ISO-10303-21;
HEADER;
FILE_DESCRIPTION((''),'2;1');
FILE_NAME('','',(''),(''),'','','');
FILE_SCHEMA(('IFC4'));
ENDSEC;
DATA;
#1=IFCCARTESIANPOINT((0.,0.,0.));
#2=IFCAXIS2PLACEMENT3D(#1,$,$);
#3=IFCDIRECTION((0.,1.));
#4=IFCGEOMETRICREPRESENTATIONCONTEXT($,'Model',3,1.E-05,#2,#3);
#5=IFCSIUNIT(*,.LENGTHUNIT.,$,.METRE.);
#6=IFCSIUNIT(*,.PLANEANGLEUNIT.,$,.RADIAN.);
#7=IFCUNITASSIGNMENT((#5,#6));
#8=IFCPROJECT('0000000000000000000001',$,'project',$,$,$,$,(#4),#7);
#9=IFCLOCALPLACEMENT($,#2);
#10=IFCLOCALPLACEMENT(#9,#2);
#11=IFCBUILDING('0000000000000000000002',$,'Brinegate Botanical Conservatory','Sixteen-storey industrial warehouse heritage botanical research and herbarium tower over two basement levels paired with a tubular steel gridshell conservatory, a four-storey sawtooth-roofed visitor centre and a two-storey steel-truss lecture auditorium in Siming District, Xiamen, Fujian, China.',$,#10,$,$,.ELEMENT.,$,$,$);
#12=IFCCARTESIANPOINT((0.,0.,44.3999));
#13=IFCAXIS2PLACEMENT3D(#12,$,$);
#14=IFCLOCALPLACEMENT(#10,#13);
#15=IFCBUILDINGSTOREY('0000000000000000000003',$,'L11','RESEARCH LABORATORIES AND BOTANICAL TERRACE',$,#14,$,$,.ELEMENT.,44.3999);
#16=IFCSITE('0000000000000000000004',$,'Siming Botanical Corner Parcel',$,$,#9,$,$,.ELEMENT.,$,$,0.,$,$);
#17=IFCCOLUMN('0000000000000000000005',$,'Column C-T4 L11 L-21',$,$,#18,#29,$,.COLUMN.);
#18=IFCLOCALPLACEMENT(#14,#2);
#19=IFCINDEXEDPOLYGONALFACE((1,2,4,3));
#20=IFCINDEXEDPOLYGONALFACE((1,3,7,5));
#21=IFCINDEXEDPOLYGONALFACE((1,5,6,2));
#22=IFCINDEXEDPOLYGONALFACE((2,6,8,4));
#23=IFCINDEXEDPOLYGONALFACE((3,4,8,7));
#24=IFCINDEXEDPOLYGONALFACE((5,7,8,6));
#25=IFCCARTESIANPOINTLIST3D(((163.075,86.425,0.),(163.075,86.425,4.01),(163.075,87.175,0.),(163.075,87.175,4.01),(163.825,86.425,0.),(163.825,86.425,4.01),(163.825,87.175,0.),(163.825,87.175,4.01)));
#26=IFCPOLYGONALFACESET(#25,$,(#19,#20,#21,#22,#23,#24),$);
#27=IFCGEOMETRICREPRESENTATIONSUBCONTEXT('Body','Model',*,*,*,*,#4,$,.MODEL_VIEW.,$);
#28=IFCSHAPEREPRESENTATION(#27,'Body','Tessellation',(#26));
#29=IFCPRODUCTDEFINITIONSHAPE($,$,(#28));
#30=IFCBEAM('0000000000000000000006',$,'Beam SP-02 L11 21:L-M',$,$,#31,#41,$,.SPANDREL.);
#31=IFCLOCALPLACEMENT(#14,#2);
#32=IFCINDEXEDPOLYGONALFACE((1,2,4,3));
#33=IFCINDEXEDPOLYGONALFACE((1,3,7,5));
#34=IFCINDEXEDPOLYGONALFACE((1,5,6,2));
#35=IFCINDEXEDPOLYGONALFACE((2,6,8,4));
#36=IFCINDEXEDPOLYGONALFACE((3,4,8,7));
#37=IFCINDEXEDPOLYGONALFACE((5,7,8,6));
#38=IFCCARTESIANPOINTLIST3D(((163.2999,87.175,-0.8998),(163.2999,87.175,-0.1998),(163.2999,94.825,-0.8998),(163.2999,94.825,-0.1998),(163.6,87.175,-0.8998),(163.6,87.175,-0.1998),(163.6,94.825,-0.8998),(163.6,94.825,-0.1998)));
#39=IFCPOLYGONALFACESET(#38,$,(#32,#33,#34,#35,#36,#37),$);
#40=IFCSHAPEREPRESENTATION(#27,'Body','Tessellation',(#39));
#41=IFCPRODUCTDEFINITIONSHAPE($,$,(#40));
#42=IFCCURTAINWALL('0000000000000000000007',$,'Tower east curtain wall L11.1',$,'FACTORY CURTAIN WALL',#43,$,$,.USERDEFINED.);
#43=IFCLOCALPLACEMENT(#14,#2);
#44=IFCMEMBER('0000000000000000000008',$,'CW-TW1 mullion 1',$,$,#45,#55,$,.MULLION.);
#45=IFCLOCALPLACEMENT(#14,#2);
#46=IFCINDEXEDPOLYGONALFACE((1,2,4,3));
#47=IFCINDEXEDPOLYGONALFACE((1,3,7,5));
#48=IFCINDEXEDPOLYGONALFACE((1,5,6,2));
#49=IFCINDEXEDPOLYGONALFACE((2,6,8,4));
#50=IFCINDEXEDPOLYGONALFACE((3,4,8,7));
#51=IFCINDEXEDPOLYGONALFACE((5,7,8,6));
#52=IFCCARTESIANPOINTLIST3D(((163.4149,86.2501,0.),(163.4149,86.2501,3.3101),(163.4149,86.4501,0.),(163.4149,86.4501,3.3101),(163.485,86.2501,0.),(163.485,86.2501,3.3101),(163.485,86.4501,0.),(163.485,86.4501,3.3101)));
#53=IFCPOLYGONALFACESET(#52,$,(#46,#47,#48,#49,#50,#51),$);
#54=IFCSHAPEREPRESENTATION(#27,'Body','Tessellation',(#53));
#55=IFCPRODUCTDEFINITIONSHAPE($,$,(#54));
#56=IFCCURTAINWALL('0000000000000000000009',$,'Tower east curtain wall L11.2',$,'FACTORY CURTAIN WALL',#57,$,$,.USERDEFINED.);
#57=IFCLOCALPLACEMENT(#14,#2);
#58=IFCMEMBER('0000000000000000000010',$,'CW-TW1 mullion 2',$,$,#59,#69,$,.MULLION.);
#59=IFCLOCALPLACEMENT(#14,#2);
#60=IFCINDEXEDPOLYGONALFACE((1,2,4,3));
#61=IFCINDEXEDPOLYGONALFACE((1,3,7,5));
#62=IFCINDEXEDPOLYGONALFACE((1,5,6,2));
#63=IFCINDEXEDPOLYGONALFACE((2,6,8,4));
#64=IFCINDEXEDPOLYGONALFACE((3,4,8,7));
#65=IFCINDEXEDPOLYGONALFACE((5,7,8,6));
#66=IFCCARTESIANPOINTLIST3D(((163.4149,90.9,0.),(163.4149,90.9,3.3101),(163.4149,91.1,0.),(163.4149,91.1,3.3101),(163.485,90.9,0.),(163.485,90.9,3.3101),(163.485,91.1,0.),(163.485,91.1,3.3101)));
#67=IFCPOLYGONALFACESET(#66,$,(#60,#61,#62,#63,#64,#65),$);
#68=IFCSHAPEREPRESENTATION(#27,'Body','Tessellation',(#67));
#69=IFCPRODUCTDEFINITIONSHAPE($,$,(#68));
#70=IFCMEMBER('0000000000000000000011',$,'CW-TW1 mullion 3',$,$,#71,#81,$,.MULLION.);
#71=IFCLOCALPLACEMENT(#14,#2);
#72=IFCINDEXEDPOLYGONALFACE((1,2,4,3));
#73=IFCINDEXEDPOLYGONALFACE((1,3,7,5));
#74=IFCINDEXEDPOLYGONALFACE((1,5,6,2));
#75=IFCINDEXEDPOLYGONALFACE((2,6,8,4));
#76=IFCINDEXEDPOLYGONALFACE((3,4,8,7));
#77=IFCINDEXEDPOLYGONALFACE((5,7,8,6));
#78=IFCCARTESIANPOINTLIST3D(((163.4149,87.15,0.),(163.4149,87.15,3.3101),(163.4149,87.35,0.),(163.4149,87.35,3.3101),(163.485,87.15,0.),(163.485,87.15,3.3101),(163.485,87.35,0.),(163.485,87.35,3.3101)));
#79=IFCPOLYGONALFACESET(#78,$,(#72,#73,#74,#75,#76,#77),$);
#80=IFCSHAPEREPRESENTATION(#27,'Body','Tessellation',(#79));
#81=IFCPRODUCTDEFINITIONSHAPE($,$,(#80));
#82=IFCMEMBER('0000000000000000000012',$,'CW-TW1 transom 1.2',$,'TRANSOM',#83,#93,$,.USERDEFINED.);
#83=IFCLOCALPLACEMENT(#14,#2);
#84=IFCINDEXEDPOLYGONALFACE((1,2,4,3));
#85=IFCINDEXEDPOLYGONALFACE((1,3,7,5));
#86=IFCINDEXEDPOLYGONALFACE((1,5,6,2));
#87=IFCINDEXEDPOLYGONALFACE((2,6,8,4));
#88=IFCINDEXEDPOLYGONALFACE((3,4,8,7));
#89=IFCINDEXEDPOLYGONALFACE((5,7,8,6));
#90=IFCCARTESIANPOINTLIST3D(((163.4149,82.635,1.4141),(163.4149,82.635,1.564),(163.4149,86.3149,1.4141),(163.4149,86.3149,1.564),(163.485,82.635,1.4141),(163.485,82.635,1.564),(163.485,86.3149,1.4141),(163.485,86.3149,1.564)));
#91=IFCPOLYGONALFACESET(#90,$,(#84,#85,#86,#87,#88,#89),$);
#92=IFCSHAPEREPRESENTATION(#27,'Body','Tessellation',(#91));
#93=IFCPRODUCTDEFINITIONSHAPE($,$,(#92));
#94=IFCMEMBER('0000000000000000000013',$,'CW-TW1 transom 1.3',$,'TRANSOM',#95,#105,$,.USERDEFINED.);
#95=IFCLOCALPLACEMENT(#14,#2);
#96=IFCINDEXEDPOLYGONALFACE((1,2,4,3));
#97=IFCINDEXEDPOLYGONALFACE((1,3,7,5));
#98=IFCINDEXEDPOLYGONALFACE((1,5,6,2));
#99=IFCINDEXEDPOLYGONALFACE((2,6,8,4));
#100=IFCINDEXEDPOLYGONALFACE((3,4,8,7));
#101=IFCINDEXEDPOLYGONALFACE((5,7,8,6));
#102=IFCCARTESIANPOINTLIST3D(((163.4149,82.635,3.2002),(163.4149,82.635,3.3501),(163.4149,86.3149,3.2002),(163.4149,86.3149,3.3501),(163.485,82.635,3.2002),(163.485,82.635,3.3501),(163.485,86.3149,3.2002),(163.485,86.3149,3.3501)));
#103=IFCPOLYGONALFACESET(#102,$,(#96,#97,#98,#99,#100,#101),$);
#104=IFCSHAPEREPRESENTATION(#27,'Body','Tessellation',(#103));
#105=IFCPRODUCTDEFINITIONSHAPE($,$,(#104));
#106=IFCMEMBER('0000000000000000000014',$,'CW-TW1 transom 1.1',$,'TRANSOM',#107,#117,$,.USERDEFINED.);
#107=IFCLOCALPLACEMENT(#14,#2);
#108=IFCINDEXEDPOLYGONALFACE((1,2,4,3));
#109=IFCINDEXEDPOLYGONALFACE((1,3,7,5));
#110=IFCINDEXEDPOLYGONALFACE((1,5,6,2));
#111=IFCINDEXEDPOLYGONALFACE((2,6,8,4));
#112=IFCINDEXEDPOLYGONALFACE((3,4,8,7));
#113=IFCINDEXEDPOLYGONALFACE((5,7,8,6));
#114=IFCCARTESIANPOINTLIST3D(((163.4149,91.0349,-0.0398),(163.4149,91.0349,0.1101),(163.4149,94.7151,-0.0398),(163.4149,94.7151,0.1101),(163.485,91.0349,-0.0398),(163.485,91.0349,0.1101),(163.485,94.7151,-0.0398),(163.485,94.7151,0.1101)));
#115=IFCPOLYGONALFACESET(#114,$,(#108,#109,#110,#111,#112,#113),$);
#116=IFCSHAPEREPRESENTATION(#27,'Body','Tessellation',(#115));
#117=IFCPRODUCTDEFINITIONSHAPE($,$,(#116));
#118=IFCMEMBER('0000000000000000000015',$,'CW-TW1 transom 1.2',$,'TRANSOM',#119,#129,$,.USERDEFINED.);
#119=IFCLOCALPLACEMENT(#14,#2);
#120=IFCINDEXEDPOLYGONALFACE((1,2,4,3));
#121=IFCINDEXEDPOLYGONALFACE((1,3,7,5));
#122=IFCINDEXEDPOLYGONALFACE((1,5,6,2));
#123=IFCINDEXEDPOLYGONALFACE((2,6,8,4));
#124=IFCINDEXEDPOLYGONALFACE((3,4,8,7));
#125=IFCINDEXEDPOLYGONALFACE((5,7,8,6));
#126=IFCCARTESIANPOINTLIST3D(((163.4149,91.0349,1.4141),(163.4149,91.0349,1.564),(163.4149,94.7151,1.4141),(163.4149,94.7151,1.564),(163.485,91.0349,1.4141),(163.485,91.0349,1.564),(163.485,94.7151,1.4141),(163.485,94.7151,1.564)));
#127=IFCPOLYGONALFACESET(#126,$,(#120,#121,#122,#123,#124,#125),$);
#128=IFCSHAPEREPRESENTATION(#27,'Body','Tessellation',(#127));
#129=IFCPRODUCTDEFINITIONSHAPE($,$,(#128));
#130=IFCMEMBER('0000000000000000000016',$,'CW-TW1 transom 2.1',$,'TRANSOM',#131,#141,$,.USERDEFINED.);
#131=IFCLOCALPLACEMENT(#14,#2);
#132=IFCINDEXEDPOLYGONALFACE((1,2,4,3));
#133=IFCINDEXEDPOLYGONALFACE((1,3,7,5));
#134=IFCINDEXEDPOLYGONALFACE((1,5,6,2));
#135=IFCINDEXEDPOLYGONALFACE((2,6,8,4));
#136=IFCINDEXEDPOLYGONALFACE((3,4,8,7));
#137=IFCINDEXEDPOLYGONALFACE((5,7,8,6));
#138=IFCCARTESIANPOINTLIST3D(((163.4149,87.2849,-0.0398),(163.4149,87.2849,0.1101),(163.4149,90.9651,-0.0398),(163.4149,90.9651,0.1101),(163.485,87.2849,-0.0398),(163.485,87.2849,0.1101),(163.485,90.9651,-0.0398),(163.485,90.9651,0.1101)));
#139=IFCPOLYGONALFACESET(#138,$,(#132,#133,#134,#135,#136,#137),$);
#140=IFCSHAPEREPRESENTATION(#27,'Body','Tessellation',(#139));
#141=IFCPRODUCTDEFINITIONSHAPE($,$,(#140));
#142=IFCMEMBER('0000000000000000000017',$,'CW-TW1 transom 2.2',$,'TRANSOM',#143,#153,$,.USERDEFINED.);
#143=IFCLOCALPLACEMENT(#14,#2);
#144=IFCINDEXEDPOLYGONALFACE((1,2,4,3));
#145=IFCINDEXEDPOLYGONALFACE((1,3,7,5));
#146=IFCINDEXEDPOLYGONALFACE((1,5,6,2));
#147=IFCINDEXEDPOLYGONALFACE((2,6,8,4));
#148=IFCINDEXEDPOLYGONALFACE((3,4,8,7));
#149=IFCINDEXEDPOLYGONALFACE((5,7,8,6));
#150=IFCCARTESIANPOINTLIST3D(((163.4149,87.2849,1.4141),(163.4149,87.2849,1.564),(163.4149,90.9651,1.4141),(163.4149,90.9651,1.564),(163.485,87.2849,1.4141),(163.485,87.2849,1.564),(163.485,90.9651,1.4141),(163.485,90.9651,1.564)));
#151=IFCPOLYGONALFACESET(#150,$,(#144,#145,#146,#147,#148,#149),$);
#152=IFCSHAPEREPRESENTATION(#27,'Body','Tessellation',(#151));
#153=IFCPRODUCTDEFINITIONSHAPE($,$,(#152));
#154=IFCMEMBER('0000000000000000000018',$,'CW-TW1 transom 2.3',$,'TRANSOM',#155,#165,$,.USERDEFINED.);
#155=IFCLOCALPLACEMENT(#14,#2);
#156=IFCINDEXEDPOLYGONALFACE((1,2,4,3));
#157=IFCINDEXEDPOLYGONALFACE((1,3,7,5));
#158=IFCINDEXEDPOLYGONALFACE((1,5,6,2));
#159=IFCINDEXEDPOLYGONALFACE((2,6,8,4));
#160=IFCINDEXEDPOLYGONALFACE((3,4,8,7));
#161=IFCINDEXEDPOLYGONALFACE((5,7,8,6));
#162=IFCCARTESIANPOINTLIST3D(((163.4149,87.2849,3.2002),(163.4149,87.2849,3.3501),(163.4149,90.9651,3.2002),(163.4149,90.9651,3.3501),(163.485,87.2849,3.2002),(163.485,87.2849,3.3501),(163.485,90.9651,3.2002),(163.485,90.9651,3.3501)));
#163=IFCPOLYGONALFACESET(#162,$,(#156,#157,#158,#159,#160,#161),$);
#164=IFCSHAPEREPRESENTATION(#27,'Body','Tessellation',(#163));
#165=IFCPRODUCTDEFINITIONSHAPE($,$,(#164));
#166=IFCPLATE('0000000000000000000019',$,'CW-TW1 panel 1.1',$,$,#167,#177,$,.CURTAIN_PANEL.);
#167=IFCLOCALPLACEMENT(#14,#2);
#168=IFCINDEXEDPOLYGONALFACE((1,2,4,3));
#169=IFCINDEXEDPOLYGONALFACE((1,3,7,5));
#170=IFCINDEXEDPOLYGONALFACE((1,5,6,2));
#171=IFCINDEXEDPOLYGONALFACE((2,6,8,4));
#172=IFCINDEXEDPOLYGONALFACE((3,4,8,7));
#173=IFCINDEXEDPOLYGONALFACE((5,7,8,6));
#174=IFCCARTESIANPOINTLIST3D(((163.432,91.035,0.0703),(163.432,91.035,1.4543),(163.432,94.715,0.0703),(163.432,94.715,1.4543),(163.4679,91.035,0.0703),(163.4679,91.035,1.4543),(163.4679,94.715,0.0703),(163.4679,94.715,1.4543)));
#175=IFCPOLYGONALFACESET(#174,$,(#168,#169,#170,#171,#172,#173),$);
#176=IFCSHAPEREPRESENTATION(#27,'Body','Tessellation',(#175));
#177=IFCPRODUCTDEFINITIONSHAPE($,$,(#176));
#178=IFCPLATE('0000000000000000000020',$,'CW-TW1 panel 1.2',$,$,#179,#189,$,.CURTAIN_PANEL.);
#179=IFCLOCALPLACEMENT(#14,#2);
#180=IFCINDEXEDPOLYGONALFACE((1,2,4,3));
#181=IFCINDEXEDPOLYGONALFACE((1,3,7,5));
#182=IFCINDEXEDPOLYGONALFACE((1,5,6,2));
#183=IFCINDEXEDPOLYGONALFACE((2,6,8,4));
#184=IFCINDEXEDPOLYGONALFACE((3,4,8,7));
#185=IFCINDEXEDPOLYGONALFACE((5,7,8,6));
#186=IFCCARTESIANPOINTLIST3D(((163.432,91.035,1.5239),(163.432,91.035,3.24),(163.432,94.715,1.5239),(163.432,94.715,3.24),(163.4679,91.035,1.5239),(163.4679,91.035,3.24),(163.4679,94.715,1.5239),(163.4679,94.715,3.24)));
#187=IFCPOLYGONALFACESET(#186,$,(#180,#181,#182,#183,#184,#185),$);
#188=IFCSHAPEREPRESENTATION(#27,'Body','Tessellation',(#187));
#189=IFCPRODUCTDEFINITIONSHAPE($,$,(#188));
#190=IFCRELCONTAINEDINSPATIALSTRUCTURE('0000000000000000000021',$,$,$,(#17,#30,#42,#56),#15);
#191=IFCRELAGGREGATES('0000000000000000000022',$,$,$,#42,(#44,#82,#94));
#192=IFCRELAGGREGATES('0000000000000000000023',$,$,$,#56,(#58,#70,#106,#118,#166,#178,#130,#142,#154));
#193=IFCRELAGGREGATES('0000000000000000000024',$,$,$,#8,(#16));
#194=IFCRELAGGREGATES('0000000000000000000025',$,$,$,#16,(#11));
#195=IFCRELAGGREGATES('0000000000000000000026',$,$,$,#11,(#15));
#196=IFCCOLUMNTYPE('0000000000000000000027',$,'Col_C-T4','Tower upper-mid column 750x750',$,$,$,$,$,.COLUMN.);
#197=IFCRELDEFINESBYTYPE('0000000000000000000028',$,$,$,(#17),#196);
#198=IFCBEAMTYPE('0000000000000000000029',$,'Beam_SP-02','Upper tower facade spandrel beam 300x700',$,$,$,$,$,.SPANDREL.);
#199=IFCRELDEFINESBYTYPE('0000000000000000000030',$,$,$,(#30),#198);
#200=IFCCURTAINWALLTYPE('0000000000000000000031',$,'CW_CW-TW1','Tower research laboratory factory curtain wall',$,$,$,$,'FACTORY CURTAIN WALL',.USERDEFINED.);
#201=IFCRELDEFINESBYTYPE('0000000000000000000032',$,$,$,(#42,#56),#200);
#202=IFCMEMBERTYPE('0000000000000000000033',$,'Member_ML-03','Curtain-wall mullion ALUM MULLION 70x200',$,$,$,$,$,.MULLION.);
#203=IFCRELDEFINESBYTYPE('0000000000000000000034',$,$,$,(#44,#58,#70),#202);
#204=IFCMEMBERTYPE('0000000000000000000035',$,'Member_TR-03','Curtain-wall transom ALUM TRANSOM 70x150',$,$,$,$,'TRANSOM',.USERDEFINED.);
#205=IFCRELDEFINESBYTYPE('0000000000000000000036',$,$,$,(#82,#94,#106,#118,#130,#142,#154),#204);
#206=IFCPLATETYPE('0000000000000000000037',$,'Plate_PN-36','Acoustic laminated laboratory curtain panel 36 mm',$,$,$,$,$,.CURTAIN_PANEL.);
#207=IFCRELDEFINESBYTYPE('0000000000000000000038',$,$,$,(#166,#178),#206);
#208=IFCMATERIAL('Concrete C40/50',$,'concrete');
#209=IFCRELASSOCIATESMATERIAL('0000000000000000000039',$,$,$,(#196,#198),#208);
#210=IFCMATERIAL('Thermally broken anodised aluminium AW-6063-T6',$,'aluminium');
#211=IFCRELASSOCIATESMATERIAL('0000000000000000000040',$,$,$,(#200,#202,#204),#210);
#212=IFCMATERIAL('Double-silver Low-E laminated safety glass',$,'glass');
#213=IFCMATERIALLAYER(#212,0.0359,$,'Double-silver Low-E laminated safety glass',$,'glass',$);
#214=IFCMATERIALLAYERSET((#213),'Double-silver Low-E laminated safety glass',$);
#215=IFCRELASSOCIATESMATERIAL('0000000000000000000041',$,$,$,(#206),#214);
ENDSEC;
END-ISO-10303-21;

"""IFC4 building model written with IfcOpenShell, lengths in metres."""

from ifc_helpers import new_model, si_unit, direction, frame, origin, origin_2d, place, context, subcontext, project, spatial, rectangle, extrude, material, layer, layer_set, material_profile, profile_set, type_object, element, aggregate, save


model = new_model("IFC4")

# Units and contexts
model_context = context("Model", 3, precision=1e-05, world=origin(), true_north=direction((0.0, 1.0)))
body_context = subcontext(model_context, "Body", "Model", "MODEL_VIEW")
ifc_project = project(units=[si_unit("LENGTHUNIT", "METRE"), si_unit("PLANEANGLEUNIT", "RADIAN")], contexts=[model_context])

# Site, building, storey
site_placement = place(None, origin())
site = spatial("IfcSite", under=ifc_project, at=site_placement, Name="Siming Botanical Corner Parcel", CompositionType="ELEMENT", RefElevation=0.0)
building_placement = place(site_placement, origin())
building = spatial("IfcBuilding", under=site, at=building_placement, Name="Brinegate Botanical Conservatory", Description="Sixteen-storey industrial warehouse heritage botanical research and herbarium tower over two basement levels paired with a tubular steel gridshell conservatory, a four-storey sawtooth-roofed visitor centre and a two-storey steel-truss lecture auditorium in Siming District, Xiamen, Fujian, China.", CompositionType="ELEMENT")
storey_placement = place(building_placement, frame((0.0, 0.0, 44.3999)))
storey = spatial("IfcBuildingStorey", under=building, at=storey_placement, Name="L11", Description="RESEARCH LABORATORIES AND BOTANICAL TERRACE", CompositionType="ELEMENT", Elevation=44.3999)

# Column
ifc_material_1 = material(Name="Concrete C40/50", Category="concrete")
ifc_material_profile_1 = material_profile(ifc_material_1, rectangle(XDim=0.75, YDim=0.75, at=origin_2d()), Name="RC COL 750x750")
ifc_profile_set_1 = profile_set([ifc_material_profile_1], Name="Concrete C40/50")
column_type = type_object("IfcColumnType", Name="Col_C-T4", Description="Tower upper-mid column 750x750", PredefinedType="COLUMN", material=ifc_profile_set_1)
column_placement = place(storey_placement, frame((163.45, 86.8, 0.0), z_axis=(0.0, 0.0, 1.0), x_axis=(1.0, 0.0, 0.0)))
element("IfcColumn", 1, at=column_placement, inside=storey, type_object=column_type, Name="Column C-T4 L11 L-21", PredefinedType="COLUMN", context=body_context, shape_type="SweptSolid", body=[
    extrude(rectangle(XDim=0.75, YDim=0.75, at=origin_2d()), origin(), (0.0, 0.0, 1.0), 4.01),
])

# Beam
ifc_material_profile_2 = material_profile(ifc_material_1, rectangle(XDim=0.3, YDim=0.7, at=origin_2d()), Name="RC SPN 300x700")
ifc_profile_set_2 = profile_set([ifc_material_profile_2], Name="Concrete C40/50")
beam_type = type_object("IfcBeamType", Name="Beam_SP-02", Description="Upper tower facade spandrel beam 300x700", PredefinedType="SPANDREL", material=ifc_profile_set_2)
beam_placement = place(storey_placement, frame((163.45, 87.175, -0.5498), z_axis=(0.0, 1.0, 0.0), x_axis=(-1.0, 0.0, 0.0)))
element("IfcBeam", 2, at=beam_placement, inside=storey, type_object=beam_type, Name="Beam SP-02 L11 21:L-M", PredefinedType="SPANDREL", context=body_context, shape_type="SweptSolid", body=[
    extrude(rectangle(XDim=0.3, YDim=0.7, at=origin_2d()), origin(), (0.0, 0.0, 1.0), 7.6499),
])

# Curtain wall, member
ifc_material_2 = material(Name="Thermally broken anodised aluminium AW-6063-T6", Category="aluminium")
curtain_wall_type = type_object("IfcCurtainWallType", Name="CW_CW-TW1", Description="Tower research laboratory factory curtain wall", ElementType="FACTORY CURTAIN WALL", PredefinedType="USERDEFINED", material=ifc_material_2)
curtain_wall_1_placement = place(storey_placement, origin())
curtain_wall_1 = element("IfcCurtainWall", 3, at=curtain_wall_1_placement, inside=storey, type_object=curtain_wall_type, Name="Tower east curtain wall L11.1", ObjectType="FACTORY CURTAIN WALL", PredefinedType="USERDEFINED")
ifc_material_profile_3 = material_profile(ifc_material_2, rectangle(XDim=0.0701, YDim=0.2, at=origin_2d()), Name="ALUM MULLION 70x200")
ifc_profile_set_3 = profile_set([ifc_material_profile_3], Name="Thermally broken anodised aluminium AW-6063-T6")
member_type_1 = type_object("IfcMemberType", Name="Member_ML-03", Description="Curtain-wall mullion ALUM MULLION 70x200", PredefinedType="MULLION", material=ifc_profile_set_3)
member_1_placement = place(storey_placement, frame((163.45, 86.3501, 0.0), z_axis=(0.0, 0.0, 1.0), x_axis=(1.0, 0.0, 0.0)))
member_1 = element("IfcMember", 4, at=member_1_placement, type_object=member_type_1, Name="CW-TW1 mullion 1", PredefinedType="MULLION", context=body_context, shape_type="SweptSolid", body=[
    extrude(rectangle(XDim=0.0701, YDim=0.2, at=origin_2d()), origin(), (0.0, 0.0, 1.0), 3.3101),
])

# Curtain wall, members
curtain_wall_2_placement = place(storey_placement, origin())
curtain_wall_2 = element("IfcCurtainWall", 5, at=curtain_wall_2_placement, inside=storey, type_object=curtain_wall_type, Name="Tower east curtain wall L11.2", ObjectType="FACTORY CURTAIN WALL", PredefinedType="USERDEFINED")
member_2_placement = place(storey_placement, frame((163.45, 91.0, 0.0), z_axis=(0.0, 0.0, 1.0), x_axis=(1.0, 0.0, 0.0)))
member_2 = element("IfcMember", 6, at=member_2_placement, type_object=member_type_1, Name="CW-TW1 mullion 2", PredefinedType="MULLION", context=body_context, shape_type="SweptSolid", body=[
    extrude(rectangle(XDim=0.0701, YDim=0.2, at=origin_2d()), origin(), (0.0, 0.0, 1.0), 3.3101),
])
member_3_placement = place(storey_placement, frame((163.45, 87.25, 0.0), z_axis=(0.0, 0.0, 1.0), x_axis=(1.0, 0.0, 0.0)))
member_3 = element("IfcMember", 7, at=member_3_placement, type_object=member_type_1, Name="CW-TW1 mullion 3", PredefinedType="MULLION", context=body_context, shape_type="SweptSolid", body=[
    extrude(rectangle(XDim=0.0701, YDim=0.2, at=origin_2d()), origin(), (0.0, 0.0, 1.0), 3.3101),
])

# Members
ifc_material_profile_4 = material_profile(ifc_material_2, rectangle(XDim=0.0701, YDim=0.1499, at=origin_2d()), Name="ALUM TRANSOM 70x150")
ifc_profile_set_4 = profile_set([ifc_material_profile_4], Name="Thermally broken anodised aluminium AW-6063-T6")
member_type_2 = type_object("IfcMemberType", Name="Member_TR-03", Description="Curtain-wall transom ALUM TRANSOM 70x150", ElementType="TRANSOM", PredefinedType="USERDEFINED", material=ifc_profile_set_4)
member_4_placement = place(storey_placement, frame((163.45, 86.3149, 1.489), z_axis=(0.0, -1.0, 0.0), x_axis=(1.0, 0.0, 0.0)))
member_4 = element("IfcMember", 8, at=member_4_placement, type_object=member_type_2, Name="CW-TW1 transom 1.2", ObjectType="TRANSOM", PredefinedType="USERDEFINED", context=body_context, shape_type="SweptSolid", body=[
    extrude(rectangle(XDim=0.0701, YDim=0.1499, at=origin_2d()), origin(), (0.0, 0.0, 1.0), 3.6799),
])
member_5_placement = place(storey_placement, frame((163.45, 86.3149, 3.2751), z_axis=(0.0, -1.0, 0.0), x_axis=(1.0, 0.0, 0.0)))
member_5 = element("IfcMember", 9, at=member_5_placement, type_object=member_type_2, Name="CW-TW1 transom 1.3", ObjectType="TRANSOM", PredefinedType="USERDEFINED", context=body_context, shape_type="SweptSolid", body=[
    extrude(rectangle(XDim=0.0701, YDim=0.1499, at=origin_2d()), origin(), (0.0, 0.0, 1.0), 3.6799),
])
aggregate(curtain_wall_1, [member_1, member_4, member_5])
member_6_placement = place(storey_placement, frame((163.45, 94.7151, 0.0352), z_axis=(0.0, -1.0, 0.0), x_axis=(1.0, 0.0, 0.0)))
member_6 = element("IfcMember", 10, at=member_6_placement, type_object=member_type_2, Name="CW-TW1 transom 1.1", ObjectType="TRANSOM", PredefinedType="USERDEFINED", context=body_context, shape_type="SweptSolid", body=[
    extrude(rectangle(XDim=0.0701, YDim=0.1499, at=origin_2d()), origin(), (0.0, 0.0, 1.0), 3.6802),
])
member_7_placement = place(storey_placement, frame((163.45, 94.7151, 1.489), z_axis=(0.0, -1.0, 0.0), x_axis=(1.0, 0.0, 0.0)))
member_7 = element("IfcMember", 11, at=member_7_placement, type_object=member_type_2, Name="CW-TW1 transom 1.2", ObjectType="TRANSOM", PredefinedType="USERDEFINED", context=body_context, shape_type="SweptSolid", body=[
    extrude(rectangle(XDim=0.0701, YDim=0.1499, at=origin_2d()), origin(), (0.0, 0.0, 1.0), 3.6802),
])
member_8_placement = place(storey_placement, frame((163.45, 90.9651, 0.0352), z_axis=(0.0, -1.0, 0.0), x_axis=(1.0, 0.0, 0.0)))
member_8 = element("IfcMember", 12, at=member_8_placement, type_object=member_type_2, Name="CW-TW1 transom 2.1", ObjectType="TRANSOM", PredefinedType="USERDEFINED", context=body_context, shape_type="SweptSolid", body=[
    extrude(rectangle(XDim=0.0701, YDim=0.1499, at=origin_2d()), origin(), (0.0, 0.0, 1.0), 3.6802),
])
member_9_placement = place(storey_placement, frame((163.45, 90.9651, 1.489), z_axis=(0.0, -1.0, 0.0), x_axis=(1.0, 0.0, 0.0)))
member_9 = element("IfcMember", 13, at=member_9_placement, type_object=member_type_2, Name="CW-TW1 transom 2.2", ObjectType="TRANSOM", PredefinedType="USERDEFINED", context=body_context, shape_type="SweptSolid", body=[
    extrude(rectangle(XDim=0.0701, YDim=0.1499, at=origin_2d()), origin(), (0.0, 0.0, 1.0), 3.6802),
])
member_10_placement = place(storey_placement, frame((163.45, 90.9651, 3.2751), z_axis=(0.0, -1.0, 0.0), x_axis=(1.0, 0.0, 0.0)))
member_10 = element("IfcMember", 14, at=member_10_placement, type_object=member_type_2, Name="CW-TW1 transom 2.3", ObjectType="TRANSOM", PredefinedType="USERDEFINED", context=body_context, shape_type="SweptSolid", body=[
    extrude(rectangle(XDim=0.0701, YDim=0.1499, at=origin_2d()), origin(), (0.0, 0.0, 1.0), 3.6802),
])

# Plates
ifc_material_3 = material(Name="Double-silver Low-E laminated safety glass", Category="glass")
ifc_layer = layer(ifc_material_3, 0.0359, Name="Double-silver Low-E laminated safety glass", Category="glass")
ifc_layer_set = layer_set([ifc_layer], Name="Double-silver Low-E laminated safety glass")
plate_type = type_object("IfcPlateType", Name="Plate_PN-36", Description="Acoustic laminated laboratory curtain panel 36 mm", PredefinedType="CURTAIN_PANEL", material=ifc_layer_set)
plate_1_placement = place(storey_placement, frame((163.45, 92.875, 0.0703), z_axis=(0.0, 0.0, 1.0), x_axis=(0.0, -1.0, 0.0)))
plate_1 = element("IfcPlate", 15, at=plate_1_placement, type_object=plate_type, Name="CW-TW1 panel 1.1", PredefinedType="CURTAIN_PANEL", context=body_context, shape_type="SweptSolid", body=[
    extrude(rectangle(XDim=3.6799, YDim=0.0359, at=origin_2d()), origin(), (0.0, 0.0, 1.0), 1.384),
])
plate_2_placement = place(storey_placement, frame((163.45, 92.875, 1.5239), z_axis=(0.0, 0.0, 1.0), x_axis=(0.0, -1.0, 0.0)))
plate_2 = element("IfcPlate", 16, at=plate_2_placement, type_object=plate_type, Name="CW-TW1 panel 1.2", PredefinedType="CURTAIN_PANEL", context=body_context, shape_type="SweptSolid", body=[
    extrude(rectangle(XDim=3.6799, YDim=0.0359, at=origin_2d()), origin(), (0.0, 0.0, 1.0), 1.7161),
])
aggregate(curtain_wall_2, [member_2, member_3, member_6, member_7, plate_1, plate_2, member_8, member_9, member_10])

save(model, "model.ifc")
